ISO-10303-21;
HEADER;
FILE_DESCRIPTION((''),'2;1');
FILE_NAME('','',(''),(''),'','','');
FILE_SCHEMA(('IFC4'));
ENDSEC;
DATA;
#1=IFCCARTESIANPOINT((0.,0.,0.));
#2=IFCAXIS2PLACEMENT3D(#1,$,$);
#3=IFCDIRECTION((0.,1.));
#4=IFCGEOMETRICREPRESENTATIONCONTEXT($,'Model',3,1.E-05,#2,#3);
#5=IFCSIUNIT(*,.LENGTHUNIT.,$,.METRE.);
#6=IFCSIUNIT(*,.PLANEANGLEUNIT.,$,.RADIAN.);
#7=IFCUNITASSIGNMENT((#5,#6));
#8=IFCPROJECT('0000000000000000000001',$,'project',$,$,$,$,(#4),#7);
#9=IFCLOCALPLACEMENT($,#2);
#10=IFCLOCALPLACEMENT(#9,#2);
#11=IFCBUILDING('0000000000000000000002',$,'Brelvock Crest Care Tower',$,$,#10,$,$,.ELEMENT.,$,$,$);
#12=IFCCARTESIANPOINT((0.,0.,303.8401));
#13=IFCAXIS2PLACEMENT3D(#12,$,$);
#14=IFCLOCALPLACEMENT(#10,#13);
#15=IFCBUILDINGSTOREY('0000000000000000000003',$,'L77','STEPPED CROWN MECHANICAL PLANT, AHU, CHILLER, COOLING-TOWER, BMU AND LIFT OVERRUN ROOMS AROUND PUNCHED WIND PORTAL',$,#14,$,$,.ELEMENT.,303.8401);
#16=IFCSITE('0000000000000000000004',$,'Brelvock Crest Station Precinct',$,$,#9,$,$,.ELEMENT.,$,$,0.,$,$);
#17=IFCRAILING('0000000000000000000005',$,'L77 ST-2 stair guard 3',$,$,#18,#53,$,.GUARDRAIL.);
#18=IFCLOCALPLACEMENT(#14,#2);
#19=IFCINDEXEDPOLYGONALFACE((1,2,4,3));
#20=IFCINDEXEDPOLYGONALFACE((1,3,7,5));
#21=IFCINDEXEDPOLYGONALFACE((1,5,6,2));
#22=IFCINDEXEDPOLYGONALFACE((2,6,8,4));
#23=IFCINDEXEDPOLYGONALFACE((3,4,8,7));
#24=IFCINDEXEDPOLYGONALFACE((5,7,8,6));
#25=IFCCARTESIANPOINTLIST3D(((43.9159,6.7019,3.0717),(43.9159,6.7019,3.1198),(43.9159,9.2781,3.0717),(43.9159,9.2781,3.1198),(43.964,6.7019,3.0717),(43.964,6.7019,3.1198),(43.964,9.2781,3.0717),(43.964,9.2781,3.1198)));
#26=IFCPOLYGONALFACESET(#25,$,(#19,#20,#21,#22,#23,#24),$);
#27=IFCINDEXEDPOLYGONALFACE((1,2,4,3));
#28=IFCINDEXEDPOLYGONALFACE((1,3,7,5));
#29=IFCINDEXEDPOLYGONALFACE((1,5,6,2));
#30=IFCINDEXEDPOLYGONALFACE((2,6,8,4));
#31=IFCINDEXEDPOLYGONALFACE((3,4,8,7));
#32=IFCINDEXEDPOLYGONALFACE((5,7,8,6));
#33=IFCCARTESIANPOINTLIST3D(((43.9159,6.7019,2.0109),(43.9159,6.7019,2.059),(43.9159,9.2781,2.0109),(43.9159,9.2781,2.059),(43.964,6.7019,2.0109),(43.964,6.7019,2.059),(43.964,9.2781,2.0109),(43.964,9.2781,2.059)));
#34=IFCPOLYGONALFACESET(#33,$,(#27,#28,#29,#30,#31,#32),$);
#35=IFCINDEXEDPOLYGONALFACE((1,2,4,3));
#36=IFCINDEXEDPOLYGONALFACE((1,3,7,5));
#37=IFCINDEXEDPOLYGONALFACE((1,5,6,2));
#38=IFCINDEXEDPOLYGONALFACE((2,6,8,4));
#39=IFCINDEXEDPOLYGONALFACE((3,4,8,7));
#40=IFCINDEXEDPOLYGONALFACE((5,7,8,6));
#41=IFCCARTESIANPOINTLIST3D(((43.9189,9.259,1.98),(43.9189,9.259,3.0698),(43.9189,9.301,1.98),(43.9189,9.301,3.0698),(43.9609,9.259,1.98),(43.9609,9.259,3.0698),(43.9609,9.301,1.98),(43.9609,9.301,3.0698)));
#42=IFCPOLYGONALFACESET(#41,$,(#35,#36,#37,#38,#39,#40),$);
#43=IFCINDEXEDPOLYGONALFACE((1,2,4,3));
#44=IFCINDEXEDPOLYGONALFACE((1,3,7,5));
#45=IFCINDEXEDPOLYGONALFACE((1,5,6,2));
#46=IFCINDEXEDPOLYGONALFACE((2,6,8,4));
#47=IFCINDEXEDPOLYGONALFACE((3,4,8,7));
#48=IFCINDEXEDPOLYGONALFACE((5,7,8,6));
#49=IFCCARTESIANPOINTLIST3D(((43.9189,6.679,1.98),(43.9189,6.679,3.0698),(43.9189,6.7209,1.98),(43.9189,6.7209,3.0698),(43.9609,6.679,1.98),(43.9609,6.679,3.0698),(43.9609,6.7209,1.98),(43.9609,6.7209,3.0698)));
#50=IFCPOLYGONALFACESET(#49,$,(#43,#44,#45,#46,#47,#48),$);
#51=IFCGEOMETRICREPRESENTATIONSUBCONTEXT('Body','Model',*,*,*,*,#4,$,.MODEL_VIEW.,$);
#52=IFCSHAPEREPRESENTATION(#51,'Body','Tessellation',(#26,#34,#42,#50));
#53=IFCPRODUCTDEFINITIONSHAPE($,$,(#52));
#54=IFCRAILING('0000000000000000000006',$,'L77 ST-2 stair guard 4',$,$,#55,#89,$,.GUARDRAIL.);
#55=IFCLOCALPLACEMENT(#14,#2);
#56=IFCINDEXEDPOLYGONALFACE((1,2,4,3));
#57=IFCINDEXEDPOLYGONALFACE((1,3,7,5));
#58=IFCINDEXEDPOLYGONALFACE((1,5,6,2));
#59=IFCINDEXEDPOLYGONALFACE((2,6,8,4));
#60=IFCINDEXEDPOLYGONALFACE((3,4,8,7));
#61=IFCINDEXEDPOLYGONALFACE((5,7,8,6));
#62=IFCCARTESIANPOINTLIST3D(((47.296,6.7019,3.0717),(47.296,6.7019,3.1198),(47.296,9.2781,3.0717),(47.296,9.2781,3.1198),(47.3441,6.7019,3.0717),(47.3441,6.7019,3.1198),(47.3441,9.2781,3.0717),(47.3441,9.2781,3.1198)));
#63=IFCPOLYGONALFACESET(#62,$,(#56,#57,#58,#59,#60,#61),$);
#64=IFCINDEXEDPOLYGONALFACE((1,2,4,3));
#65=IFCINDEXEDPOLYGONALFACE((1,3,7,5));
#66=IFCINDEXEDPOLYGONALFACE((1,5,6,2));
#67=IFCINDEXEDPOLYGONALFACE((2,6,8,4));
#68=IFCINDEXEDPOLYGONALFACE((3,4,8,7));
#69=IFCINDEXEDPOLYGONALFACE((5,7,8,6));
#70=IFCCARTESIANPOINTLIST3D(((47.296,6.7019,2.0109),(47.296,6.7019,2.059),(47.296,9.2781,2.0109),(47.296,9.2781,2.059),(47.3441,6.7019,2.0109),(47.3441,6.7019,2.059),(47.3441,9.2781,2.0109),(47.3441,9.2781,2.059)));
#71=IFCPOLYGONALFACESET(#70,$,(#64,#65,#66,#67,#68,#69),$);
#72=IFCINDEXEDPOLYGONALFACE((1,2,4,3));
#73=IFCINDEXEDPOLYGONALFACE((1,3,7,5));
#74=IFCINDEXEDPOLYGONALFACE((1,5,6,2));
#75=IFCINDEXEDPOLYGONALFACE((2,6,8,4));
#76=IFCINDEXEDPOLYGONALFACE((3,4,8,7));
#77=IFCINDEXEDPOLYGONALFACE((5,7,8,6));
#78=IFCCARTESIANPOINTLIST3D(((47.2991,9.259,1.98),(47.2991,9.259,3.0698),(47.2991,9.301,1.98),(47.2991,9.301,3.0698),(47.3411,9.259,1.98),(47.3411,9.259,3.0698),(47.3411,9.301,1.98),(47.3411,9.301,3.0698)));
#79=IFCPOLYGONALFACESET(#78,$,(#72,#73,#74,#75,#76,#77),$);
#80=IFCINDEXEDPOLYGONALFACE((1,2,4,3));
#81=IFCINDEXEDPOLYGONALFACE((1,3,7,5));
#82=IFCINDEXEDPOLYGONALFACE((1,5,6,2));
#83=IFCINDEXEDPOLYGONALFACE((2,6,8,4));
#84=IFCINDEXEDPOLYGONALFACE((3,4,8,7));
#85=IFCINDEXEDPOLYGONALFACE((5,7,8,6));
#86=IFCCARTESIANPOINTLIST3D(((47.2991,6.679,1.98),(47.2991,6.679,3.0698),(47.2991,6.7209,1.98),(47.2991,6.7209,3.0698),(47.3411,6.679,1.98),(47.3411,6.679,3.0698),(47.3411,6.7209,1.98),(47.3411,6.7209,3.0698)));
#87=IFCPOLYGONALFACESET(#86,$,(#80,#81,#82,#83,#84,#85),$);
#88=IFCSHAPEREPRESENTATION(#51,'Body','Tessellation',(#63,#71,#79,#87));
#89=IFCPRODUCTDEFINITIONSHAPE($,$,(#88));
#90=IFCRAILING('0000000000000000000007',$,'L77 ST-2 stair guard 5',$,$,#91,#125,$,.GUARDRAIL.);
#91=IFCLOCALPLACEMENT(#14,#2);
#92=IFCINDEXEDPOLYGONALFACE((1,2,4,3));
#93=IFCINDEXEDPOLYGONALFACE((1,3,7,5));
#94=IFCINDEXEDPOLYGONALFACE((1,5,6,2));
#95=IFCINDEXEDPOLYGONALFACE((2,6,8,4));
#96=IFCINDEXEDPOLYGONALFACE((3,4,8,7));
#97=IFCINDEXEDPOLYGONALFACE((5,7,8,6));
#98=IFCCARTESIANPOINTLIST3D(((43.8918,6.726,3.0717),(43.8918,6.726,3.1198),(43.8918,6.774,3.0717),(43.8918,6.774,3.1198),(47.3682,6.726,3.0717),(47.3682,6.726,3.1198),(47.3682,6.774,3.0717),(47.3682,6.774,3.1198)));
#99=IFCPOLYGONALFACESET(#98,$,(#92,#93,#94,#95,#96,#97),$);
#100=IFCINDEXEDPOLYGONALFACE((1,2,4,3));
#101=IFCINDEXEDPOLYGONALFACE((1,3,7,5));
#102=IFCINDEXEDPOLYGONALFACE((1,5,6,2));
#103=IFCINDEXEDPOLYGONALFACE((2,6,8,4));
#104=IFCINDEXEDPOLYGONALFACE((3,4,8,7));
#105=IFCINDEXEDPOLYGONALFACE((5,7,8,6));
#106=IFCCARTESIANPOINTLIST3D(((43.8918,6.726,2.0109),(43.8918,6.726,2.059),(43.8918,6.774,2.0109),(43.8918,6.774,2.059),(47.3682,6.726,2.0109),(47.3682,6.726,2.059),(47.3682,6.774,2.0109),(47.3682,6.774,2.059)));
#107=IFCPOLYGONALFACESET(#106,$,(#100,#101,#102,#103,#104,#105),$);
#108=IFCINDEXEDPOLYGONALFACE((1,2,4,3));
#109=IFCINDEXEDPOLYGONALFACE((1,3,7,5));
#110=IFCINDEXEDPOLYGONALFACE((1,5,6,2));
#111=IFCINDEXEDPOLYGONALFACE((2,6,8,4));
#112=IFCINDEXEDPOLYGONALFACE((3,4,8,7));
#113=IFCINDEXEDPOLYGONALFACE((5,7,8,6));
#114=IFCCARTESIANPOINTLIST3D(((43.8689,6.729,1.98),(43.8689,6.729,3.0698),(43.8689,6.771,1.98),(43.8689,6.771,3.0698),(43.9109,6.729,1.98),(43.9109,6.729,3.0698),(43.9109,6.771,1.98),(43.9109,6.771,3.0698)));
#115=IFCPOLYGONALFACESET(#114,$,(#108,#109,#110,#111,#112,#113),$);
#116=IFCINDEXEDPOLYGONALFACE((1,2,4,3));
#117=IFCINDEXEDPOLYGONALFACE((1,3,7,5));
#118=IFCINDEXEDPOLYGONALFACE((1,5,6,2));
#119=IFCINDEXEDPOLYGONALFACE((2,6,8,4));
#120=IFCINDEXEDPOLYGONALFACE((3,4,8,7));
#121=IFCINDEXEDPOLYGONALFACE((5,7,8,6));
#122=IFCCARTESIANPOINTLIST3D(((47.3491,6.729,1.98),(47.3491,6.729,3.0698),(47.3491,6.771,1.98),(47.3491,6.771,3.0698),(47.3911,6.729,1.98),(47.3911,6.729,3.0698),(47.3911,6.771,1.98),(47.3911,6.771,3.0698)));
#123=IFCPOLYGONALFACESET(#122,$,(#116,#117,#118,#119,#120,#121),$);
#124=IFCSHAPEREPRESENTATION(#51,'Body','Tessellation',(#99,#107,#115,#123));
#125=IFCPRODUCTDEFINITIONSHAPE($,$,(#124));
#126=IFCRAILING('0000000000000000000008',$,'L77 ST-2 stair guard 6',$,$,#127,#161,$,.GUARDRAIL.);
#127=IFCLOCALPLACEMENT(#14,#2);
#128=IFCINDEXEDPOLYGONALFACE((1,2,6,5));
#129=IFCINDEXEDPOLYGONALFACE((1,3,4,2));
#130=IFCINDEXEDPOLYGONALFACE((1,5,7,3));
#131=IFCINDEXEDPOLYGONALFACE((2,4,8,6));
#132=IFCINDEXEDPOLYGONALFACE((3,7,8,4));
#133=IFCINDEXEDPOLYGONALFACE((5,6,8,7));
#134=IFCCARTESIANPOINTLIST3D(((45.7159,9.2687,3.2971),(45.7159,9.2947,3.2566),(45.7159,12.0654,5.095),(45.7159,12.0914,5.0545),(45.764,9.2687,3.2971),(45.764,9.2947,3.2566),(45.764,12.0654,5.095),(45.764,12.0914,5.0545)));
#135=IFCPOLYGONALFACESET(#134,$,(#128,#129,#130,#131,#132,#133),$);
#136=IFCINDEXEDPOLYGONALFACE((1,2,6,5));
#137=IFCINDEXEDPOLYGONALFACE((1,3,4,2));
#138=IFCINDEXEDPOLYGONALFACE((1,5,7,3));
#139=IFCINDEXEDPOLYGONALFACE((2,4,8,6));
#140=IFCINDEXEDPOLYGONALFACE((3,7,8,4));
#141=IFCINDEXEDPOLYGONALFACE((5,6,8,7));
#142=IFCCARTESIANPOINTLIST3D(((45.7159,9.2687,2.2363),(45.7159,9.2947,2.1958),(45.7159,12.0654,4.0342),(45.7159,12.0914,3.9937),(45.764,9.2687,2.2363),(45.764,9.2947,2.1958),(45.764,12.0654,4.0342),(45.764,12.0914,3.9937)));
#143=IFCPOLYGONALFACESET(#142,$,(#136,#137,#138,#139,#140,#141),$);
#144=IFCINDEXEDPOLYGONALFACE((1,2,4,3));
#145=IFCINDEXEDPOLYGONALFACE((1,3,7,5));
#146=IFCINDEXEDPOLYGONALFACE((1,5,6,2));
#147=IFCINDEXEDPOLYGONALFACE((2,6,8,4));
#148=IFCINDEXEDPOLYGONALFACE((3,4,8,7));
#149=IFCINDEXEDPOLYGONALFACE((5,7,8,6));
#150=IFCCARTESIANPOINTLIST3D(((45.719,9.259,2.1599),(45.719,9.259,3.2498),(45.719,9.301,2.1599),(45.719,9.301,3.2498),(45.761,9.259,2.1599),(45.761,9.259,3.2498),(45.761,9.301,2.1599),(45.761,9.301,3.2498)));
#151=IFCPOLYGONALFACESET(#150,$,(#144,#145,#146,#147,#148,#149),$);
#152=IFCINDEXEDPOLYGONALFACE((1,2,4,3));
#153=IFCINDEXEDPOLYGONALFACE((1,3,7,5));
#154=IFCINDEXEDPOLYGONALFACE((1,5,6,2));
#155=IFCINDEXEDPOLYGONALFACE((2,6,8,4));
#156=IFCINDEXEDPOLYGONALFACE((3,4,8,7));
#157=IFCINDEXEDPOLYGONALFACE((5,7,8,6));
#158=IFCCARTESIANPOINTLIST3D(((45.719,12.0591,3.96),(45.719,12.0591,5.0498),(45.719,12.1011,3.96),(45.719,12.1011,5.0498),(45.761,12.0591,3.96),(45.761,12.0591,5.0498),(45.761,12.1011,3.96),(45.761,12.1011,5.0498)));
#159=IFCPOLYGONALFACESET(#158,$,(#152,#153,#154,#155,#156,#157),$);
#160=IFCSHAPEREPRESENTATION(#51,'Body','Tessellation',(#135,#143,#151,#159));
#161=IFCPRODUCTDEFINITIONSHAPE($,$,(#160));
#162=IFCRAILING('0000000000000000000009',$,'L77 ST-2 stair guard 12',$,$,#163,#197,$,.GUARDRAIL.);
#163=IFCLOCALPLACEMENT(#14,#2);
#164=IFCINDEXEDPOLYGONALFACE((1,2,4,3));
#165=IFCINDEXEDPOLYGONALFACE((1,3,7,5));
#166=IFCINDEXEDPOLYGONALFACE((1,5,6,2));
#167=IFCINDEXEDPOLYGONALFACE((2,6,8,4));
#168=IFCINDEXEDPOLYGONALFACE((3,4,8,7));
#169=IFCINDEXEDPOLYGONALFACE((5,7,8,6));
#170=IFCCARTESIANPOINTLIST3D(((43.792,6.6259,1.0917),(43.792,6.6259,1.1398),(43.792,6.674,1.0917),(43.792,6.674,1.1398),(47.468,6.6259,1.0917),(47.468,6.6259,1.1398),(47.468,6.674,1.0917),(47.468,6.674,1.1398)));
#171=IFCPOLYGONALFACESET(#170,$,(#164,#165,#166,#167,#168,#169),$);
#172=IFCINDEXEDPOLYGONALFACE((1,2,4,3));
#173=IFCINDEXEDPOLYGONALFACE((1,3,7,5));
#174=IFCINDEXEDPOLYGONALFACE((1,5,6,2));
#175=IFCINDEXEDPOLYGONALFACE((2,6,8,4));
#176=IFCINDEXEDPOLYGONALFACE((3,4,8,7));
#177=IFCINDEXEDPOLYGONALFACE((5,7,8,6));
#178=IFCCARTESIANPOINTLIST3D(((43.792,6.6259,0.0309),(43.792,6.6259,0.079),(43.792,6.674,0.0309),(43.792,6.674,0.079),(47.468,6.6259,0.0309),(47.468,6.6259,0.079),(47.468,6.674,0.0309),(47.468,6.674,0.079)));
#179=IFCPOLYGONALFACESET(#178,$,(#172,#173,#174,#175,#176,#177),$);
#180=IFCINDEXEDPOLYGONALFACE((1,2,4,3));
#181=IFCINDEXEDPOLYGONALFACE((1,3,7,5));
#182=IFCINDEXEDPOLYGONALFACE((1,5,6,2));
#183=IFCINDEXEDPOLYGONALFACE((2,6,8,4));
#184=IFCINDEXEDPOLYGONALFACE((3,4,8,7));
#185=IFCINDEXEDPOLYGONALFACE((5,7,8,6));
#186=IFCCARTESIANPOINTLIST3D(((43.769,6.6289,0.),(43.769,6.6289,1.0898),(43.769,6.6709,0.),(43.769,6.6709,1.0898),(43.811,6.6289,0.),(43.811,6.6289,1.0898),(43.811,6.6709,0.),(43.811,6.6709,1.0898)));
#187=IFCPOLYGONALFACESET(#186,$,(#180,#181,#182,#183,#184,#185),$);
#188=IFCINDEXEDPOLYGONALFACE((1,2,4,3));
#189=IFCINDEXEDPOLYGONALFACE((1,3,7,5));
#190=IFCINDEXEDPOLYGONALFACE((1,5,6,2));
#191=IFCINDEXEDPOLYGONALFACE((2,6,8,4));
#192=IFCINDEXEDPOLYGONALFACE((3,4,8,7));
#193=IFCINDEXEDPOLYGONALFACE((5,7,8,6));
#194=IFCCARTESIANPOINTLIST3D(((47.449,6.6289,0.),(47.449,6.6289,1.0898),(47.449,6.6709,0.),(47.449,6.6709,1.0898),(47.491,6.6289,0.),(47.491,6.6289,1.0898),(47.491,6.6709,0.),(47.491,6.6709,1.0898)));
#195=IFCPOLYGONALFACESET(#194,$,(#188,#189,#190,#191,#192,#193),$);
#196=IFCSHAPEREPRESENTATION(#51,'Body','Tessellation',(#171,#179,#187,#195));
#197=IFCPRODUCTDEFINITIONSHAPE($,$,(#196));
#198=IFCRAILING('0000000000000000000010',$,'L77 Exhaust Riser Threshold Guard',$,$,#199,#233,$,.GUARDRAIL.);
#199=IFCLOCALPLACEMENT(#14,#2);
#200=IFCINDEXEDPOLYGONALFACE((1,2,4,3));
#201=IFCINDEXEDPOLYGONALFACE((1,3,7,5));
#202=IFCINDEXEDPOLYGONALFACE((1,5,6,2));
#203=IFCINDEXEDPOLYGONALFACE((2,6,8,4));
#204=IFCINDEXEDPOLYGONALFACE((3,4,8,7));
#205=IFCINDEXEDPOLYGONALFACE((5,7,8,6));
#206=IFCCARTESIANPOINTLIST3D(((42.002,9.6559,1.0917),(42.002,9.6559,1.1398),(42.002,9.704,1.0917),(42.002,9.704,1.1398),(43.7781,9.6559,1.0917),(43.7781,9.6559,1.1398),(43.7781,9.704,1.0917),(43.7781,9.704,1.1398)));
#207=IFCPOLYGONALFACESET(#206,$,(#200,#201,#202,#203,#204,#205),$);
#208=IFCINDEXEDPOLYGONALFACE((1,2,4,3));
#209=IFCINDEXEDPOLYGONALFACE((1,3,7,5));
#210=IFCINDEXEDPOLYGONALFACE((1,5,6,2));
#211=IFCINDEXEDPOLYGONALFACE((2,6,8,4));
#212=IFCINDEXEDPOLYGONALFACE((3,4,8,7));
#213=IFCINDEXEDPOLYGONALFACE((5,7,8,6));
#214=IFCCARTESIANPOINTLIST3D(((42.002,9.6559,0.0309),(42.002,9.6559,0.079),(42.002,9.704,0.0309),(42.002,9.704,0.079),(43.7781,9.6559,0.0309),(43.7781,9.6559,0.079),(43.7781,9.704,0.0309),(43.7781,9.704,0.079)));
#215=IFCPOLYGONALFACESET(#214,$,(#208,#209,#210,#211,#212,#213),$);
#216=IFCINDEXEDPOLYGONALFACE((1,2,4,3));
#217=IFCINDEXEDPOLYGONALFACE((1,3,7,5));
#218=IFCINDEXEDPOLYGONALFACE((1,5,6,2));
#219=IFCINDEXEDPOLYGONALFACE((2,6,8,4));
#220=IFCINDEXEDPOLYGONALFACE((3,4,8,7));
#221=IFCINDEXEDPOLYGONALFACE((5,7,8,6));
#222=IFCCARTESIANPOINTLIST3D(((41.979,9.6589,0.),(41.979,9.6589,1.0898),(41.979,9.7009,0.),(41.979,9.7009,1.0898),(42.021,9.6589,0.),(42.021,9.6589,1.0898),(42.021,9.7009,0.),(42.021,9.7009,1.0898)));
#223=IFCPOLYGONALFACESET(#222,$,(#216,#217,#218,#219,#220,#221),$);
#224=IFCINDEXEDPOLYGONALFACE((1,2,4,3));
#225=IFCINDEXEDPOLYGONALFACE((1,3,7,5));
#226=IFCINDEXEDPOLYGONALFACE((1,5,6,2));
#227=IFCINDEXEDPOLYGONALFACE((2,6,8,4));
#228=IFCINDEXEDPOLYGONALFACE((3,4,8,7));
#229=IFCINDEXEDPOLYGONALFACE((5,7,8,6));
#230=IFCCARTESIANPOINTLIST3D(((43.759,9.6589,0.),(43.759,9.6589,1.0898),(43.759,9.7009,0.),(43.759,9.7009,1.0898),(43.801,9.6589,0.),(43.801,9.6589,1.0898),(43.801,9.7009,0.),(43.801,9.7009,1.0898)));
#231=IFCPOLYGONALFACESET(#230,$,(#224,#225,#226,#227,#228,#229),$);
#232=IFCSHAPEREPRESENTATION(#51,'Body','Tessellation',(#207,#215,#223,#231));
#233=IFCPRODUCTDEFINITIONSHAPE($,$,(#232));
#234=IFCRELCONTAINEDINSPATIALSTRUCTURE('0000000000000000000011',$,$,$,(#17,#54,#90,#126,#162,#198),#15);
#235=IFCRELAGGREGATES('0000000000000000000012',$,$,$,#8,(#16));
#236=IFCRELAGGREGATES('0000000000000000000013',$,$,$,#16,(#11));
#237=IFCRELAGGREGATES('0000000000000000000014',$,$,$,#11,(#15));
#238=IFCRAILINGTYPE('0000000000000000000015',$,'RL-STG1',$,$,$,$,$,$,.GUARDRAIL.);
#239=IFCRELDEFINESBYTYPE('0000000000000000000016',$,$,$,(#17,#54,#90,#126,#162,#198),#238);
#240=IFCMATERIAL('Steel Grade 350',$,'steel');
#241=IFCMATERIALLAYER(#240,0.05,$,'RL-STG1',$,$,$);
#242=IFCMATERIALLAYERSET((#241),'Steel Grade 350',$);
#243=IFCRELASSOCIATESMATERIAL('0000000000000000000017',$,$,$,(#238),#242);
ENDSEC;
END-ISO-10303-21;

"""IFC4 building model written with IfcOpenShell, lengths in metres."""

from ifc_helpers import new_model, si_unit, direction, frame, origin, origin_2d, place, context, subcontext, project, spatial, rectangle, extrude, material, layer, layer_set, type_object, element, save


model = new_model("IFC4")

# Units and contexts
model_context = context("Model", 3, precision=1e-05, world=origin(), true_north=direction((0.0, 1.0)))
body_context = subcontext(model_context, "Body", "Model", "MODEL_VIEW")
ifc_project = project(units=[si_unit("LENGTHUNIT", "METRE"), si_unit("PLANEANGLEUNIT", "RADIAN")], contexts=[model_context])

# Site, building, storey
site_placement = place(None, origin())
site = spatial("IfcSite", under=ifc_project, at=site_placement, Name="Brelvock Crest Station Precinct", CompositionType="ELEMENT", RefElevation=0.0)
building_placement = place(site_placement, origin())
building = spatial("IfcBuilding", under=site, at=building_placement, Name="Brelvock Crest Care Tower", CompositionType="ELEMENT")
storey_placement = place(building_placement, frame((0.0, 0.0, 303.8401)))
storey = spatial("IfcBuildingStorey", under=building, at=storey_placement, Name="L77", Description="STEPPED CROWN MECHANICAL PLANT, AHU, CHILLER, COOLING-TOWER, BMU AND LIFT OVERRUN ROOMS AROUND PUNCHED WIND PORTAL", CompositionType="ELEMENT", Elevation=303.8401)

# Shared definitions
ifc_material_1 = material(Name="Steel Grade 350", Category="steel")

# Railings
ifc_layer_1 = layer(ifc_material_1, 0.05, Name="RL-STG1")
ifc_layer_set_1 = layer_set([ifc_layer_1], Name="Steel Grade 350")
railing_type_1 = type_object("IfcRailingType", Name="RL-STG1", PredefinedType="GUARDRAIL", material=ifc_layer_set_1)
for number, where, name in (
    (1, (43.9399, 9.28, 1.98), "L77 ST-2 stair guard 3"),
    (2, (47.3201, 9.28, 1.98), "L77 ST-2 stair guard 4"),
):
    element("IfcRailing", number, at=place(storey_placement, frame(where)), inside=storey, type_object=railing_type_1, Name=name, PredefinedType="GUARDRAIL", context=body_context, shape_type="SweptSolid", body=[
        extrude(rectangle(XDim=0.0481, YDim=0.0481, at=origin_2d()), frame((0.0, -0.002, 1.1157), z_axis=(0.0, -1.0, 0.0), x_axis=(1.0, 0.0, 0.0)), (0.0, 0.0, 1.0), 2.5762),
        extrude(rectangle(XDim=0.0481, YDim=0.0481, at=origin_2d()), frame((0.0, -0.002, 0.0549), z_axis=(0.0, -1.0, 0.0), x_axis=(1.0, 0.0, 0.0)), (0.0, 0.0, 1.0), 2.5762),
        extrude(rectangle(XDim=0.042, YDim=0.042, at=origin_2d()), origin(), (0.0, 0.0, 1.0), 1.0898),
        extrude(rectangle(XDim=0.042, YDim=0.042, at=origin_2d()), frame((0.0, -2.5801, 0.0)), (0.0, 0.0, 1.0), 1.0898),
    ])
railing_1_placement = place(storey_placement, frame((43.8899, 6.75, 1.98)))
element("IfcRailing", 3, at=railing_1_placement, inside=storey, type_object=railing_type_1, Name="L77 ST-2 stair guard 5", PredefinedType="GUARDRAIL", context=body_context, shape_type="SweptSolid", body=[
    extrude(rectangle(XDim=0.0481, YDim=0.0481, at=origin_2d()), frame((0.002, 0.0, 1.1157), z_axis=(1.0, 0.0, 0.0), x_axis=(0.0, 1.0, 0.0)), (0.0, 0.0, 1.0), 3.4763),
    extrude(rectangle(XDim=0.0481, YDim=0.0481, at=origin_2d()), frame((0.002, 0.0, 0.0549), z_axis=(1.0, 0.0, 0.0), x_axis=(0.0, 1.0, 0.0)), (0.0, 0.0, 1.0), 3.4763),
    extrude(rectangle(XDim=0.042, YDim=0.042, at=origin_2d()), origin(), (0.0, 0.0, 1.0), 1.0898),
    extrude(rectangle(XDim=0.042, YDim=0.042, at=origin_2d()), frame((3.4802, 0.0, 0.0)), (0.0, 0.0, 1.0), 1.0898),
])
railing_2_placement = place(storey_placement, frame((45.74, 9.28, 2.1599)))
element("IfcRailing", 4, at=railing_2_placement, inside=storey, type_object=railing_type_1, Name="L77 ST-2 stair guard 6", PredefinedType="GUARDRAIL", context=body_context, shape_type="SweptSolid", body=[
    extrude(rectangle(XDim=0.0481, YDim=0.0481, at=origin_2d()), frame((0.0, 0.0017, 1.1169), z_axis=(0.0, 0.841176, 0.540761), x_axis=(-1.0, 0.0, 0.0)), (0.0, 0.0, 1.0), 3.3247),
    extrude(rectangle(XDim=0.0481, YDim=0.0481, at=origin_2d()), frame((0.0, 0.0017, 0.0562), z_axis=(0.0, 0.841176, 0.540761), x_axis=(-1.0, 0.0, 0.0)), (0.0, 0.0, 1.0), 3.3247),
    extrude(rectangle(XDim=0.042, YDim=0.042, at=origin_2d()), origin(), (0.0, 0.0, 1.0), 1.0898),
    extrude(rectangle(XDim=0.042, YDim=0.042, at=origin_2d()), frame((0.0, 2.8, 1.8)), (0.0, 0.0, 1.0), 1.0898),
])
railing_3_placement = place(storey_placement, frame((43.79, 6.6499, 0.0)))
element("IfcRailing", 5, at=railing_3_placement, inside=storey, type_object=railing_type_1, Name="L77 ST-2 stair guard 12", PredefinedType="GUARDRAIL", context=body_context, shape_type="SweptSolid", body=[
    extrude(rectangle(XDim=0.0481, YDim=0.0481, at=origin_2d()), frame((0.002, 0.0, 1.1157), z_axis=(1.0, 0.0, 0.0), x_axis=(0.0, 1.0, 0.0)), (0.0, 0.0, 1.0), 3.676),
    extrude(rectangle(XDim=0.0481, YDim=0.0481, at=origin_2d()), frame((0.002, 0.0, 0.0549), z_axis=(1.0, 0.0, 0.0), x_axis=(0.0, 1.0, 0.0)), (0.0, 0.0, 1.0), 3.676),
    extrude(rectangle(XDim=0.042, YDim=0.042, at=origin_2d()), origin(), (0.0, 0.0, 1.0), 1.0898),
    extrude(rectangle(XDim=0.042, YDim=0.042, at=origin_2d()), frame((3.6799, 0.0, 0.0)), (0.0, 0.0, 1.0), 1.0898),
])
railing_4_placement = place(storey_placement, frame((42.0, 9.6799, 0.0)))
element("IfcRailing", 6, at=railing_4_placement, inside=storey, type_object=railing_type_1, Name="L77 Exhaust Riser Threshold Guard", PredefinedType="GUARDRAIL", context=body_context, shape_type="SweptSolid", body=[
    extrude(rectangle(XDim=0.0481, YDim=0.0481, at=origin_2d()), frame((0.002, 0.0, 1.1157), z_axis=(1.0, 0.0, 0.0), x_axis=(0.0, 1.0, 0.0)), (0.0, 0.0, 1.0), 1.7761),
    extrude(rectangle(XDim=0.0481, YDim=0.0481, at=origin_2d()), frame((0.002, 0.0, 0.0549), z_axis=(1.0, 0.0, 0.0), x_axis=(0.0, 1.0, 0.0)), (0.0, 0.0, 1.0), 1.7761),
    extrude(rectangle(XDim=0.042, YDim=0.042, at=origin_2d()), origin(), (0.0, 0.0, 1.0), 1.0898),
    extrude(rectangle(XDim=0.042, YDim=0.042, at=origin_2d()), frame((1.78, 0.0, 0.0)), (0.0, 0.0, 1.0), 1.0898),
])

save(model, "model.ifc")
